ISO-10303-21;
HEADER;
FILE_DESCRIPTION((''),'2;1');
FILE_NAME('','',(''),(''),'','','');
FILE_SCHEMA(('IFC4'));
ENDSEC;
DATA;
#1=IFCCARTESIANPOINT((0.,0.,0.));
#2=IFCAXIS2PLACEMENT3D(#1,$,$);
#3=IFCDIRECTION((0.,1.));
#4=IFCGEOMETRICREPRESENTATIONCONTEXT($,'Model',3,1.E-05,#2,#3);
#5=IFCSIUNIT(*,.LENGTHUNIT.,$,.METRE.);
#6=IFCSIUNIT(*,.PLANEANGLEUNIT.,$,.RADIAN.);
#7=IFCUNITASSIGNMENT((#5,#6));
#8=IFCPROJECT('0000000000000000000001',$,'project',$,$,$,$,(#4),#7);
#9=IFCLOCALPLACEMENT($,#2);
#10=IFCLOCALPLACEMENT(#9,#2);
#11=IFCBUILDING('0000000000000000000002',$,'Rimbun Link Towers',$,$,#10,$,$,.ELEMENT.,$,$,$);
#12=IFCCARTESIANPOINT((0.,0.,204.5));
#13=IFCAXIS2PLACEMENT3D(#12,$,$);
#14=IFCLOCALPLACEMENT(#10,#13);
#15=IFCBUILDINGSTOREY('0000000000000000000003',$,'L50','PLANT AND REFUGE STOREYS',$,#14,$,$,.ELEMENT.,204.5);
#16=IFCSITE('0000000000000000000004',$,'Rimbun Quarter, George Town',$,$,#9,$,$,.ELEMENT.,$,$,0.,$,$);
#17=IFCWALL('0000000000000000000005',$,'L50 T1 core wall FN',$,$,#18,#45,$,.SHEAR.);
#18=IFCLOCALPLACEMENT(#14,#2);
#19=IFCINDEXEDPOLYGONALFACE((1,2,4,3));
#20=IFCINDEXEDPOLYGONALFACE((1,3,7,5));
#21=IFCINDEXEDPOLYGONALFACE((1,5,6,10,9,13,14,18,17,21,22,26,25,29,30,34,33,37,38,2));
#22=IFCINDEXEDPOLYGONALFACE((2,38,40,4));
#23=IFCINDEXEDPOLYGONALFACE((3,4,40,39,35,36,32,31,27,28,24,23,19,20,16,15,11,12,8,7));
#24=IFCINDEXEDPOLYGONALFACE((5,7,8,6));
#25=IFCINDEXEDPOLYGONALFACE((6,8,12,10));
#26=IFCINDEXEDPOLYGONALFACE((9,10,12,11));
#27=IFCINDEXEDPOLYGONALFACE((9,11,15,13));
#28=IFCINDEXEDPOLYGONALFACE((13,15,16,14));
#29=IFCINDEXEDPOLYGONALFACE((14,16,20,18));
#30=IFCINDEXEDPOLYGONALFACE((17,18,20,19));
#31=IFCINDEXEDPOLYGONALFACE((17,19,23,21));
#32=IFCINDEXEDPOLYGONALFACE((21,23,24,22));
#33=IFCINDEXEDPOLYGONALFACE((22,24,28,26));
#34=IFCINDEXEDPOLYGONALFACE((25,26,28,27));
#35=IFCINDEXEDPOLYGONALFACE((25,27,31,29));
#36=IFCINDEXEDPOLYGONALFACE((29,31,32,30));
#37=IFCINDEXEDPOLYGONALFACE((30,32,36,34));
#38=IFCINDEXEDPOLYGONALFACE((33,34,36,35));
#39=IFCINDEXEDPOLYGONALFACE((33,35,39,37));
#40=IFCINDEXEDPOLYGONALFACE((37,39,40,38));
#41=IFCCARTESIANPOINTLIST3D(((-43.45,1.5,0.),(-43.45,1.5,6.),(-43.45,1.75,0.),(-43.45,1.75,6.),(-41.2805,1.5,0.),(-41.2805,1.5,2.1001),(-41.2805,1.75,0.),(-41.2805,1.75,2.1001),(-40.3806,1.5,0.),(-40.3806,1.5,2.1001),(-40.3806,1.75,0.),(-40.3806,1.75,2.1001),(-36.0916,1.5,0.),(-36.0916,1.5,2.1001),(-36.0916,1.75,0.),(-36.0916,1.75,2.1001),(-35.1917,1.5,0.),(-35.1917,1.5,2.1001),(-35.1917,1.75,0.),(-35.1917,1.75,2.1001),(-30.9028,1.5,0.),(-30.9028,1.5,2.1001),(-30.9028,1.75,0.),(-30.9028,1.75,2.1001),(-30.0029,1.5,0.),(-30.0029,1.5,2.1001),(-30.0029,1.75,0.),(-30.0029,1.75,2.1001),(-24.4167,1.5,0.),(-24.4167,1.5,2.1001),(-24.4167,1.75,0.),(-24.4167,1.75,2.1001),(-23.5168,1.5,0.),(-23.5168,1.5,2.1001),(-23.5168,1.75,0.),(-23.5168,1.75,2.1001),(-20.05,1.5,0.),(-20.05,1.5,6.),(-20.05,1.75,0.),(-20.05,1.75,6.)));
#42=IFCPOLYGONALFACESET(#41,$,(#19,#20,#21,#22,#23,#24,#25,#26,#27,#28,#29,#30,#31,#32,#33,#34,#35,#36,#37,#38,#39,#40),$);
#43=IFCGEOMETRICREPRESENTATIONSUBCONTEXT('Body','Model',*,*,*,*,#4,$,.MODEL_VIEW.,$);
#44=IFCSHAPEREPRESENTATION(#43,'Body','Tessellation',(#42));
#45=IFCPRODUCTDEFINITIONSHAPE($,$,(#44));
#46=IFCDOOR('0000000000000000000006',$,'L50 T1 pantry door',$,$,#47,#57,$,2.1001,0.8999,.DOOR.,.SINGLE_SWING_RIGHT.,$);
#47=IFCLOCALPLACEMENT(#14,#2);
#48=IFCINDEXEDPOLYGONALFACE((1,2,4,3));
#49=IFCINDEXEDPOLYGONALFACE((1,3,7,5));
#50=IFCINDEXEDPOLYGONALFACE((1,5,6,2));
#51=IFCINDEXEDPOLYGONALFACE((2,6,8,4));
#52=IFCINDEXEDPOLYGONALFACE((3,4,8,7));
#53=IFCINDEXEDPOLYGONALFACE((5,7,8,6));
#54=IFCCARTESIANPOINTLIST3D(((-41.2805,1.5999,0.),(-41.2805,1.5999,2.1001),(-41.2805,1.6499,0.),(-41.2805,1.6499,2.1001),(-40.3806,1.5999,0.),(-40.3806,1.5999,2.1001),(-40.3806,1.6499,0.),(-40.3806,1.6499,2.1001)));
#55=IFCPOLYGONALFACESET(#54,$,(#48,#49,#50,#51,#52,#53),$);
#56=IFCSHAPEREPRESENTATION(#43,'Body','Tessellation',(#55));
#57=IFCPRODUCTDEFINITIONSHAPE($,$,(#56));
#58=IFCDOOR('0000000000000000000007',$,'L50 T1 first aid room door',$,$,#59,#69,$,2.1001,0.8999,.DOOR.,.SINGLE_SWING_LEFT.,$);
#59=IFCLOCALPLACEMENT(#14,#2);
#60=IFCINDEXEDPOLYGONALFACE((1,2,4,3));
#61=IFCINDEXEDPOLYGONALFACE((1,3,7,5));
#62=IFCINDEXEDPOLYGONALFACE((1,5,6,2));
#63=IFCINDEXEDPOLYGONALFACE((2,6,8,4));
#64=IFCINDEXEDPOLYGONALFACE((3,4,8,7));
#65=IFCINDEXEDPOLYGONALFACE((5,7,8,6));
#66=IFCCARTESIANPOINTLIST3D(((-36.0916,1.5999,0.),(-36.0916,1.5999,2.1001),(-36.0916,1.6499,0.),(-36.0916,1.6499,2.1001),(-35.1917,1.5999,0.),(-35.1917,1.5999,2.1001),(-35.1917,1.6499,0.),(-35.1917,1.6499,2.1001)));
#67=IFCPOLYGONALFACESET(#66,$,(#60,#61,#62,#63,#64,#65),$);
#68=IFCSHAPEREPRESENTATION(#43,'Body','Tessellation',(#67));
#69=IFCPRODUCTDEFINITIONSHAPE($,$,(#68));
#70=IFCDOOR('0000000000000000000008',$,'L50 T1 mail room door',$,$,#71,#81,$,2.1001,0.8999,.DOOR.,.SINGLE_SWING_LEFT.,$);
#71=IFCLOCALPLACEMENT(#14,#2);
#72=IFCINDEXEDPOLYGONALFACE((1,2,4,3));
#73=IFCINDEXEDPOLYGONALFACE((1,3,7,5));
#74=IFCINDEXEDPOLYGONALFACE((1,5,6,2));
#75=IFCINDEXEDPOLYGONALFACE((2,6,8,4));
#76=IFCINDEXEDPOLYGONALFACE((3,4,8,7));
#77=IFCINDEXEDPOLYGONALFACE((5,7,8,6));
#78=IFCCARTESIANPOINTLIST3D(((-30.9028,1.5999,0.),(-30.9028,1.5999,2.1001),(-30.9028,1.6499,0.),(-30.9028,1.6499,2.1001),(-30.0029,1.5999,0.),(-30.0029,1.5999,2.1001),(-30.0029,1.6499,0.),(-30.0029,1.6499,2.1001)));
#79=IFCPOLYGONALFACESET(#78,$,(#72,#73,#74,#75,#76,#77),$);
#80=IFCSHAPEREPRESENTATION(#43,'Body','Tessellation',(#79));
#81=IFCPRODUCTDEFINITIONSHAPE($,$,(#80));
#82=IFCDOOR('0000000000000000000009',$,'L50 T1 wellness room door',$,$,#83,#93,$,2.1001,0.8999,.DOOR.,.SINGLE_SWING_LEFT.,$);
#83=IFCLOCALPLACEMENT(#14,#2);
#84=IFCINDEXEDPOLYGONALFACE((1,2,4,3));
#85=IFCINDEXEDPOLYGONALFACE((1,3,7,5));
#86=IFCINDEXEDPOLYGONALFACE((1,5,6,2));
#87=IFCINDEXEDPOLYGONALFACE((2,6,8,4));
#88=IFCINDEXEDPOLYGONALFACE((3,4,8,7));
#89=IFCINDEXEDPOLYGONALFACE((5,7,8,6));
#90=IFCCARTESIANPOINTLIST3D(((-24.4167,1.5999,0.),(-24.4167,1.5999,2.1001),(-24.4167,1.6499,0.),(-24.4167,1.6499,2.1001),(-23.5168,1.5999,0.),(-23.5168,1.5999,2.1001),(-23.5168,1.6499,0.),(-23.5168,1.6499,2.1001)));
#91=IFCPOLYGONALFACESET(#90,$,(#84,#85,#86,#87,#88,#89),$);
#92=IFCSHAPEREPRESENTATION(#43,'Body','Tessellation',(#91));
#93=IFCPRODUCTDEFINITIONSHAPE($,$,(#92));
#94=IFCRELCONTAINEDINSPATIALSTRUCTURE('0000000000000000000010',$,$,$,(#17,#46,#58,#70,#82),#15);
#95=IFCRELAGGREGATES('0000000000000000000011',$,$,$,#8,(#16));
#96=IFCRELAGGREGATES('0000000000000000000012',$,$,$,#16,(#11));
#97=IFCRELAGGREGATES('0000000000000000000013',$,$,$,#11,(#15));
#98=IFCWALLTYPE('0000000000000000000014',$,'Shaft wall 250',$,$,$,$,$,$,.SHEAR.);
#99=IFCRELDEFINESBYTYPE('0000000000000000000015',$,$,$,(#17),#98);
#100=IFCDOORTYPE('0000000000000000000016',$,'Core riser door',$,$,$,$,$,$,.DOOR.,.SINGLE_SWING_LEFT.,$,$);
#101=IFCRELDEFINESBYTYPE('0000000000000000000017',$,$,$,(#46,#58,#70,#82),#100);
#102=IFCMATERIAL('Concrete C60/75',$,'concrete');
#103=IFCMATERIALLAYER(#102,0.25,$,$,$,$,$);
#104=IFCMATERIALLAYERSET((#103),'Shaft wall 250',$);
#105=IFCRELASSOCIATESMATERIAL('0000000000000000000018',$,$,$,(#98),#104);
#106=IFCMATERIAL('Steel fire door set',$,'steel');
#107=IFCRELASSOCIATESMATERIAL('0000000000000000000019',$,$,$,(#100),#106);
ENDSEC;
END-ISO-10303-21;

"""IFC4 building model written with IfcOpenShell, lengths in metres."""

from ifc_helpers import new_model, si_unit, direction, frame, frame_2d, origin, place, context, subcontext, project, spatial, rectangle, extrude, material, layer, layer_set, type_object, element, fill, save


model = new_model("IFC4")

# Units and contexts
model_context = context("Model", 3, precision=1e-05, world=origin(), true_north=direction((0.0, 1.0)))
body_context = subcontext(model_context, "Body", "Model", "MODEL_VIEW")
ifc_project = project(units=[si_unit("LENGTHUNIT", "METRE"), si_unit("PLANEANGLEUNIT", "RADIAN")], contexts=[model_context])

# Site, building, storey
site_placement = place(None, origin())
site = spatial("IfcSite", under=ifc_project, at=site_placement, Name="Rimbun Quarter, George Town", CompositionType="ELEMENT", RefElevation=0.0)
building_placement = place(site_placement, origin())
building = spatial("IfcBuilding", under=site, at=building_placement, Name="Rimbun Link Towers", CompositionType="ELEMENT")
storey_placement = place(building_placement, frame((0.0, 0.0, 204.5)))
storey = spatial("IfcBuildingStorey", under=building, at=storey_placement, Name="L50", Description="PLANT AND REFUGE STOREYS", CompositionType="ELEMENT", Elevation=204.5)

# Shared definitions
ifc_material_1 = material(Name="Concrete C60/75", Category="concrete")
ifc_layer_1 = layer(ifc_material_1, 0.25)
ifc_layer_set_1 = layer_set([ifc_layer_1], Name="Shaft wall 250")
wall_type_1 = type_object("IfcWallType", Name="Shaft wall 250", PredefinedType="SHEAR", material=ifc_layer_set_1)

# Wall, openings, doors
wall_1_placement = place(storey_placement, frame((-43.45, 1.625, 0.0), z_axis=(0.0, 0.0, 1.0), x_axis=(1.0, 0.0, 0.0)))
wall_1 = element("IfcWall", 1, at=wall_1_placement, inside=storey, type_object=wall_type_1, Name="L50 T1 core wall FN", PredefinedType="SHEAR", context=body_context, shape_type="SweptSolid", body=[
    extrude(rectangle(XDim=23.3999, YDim=0.25, at=frame_2d((11.7, 0.0))), origin(), (0.0, 0.0, 1.0), 6.0),
])
opening_1_placement = place(wall_1_placement, frame((2.1694, 0.0, 0.0)))
opening_1 = element("IfcOpeningElement", 2, at=opening_1_placement, cuts=wall_1, PredefinedType="OPENING", context=body_context, shape_type="SweptSolid", body=[
    extrude(rectangle(XDim=0.8999, YDim=2.1001, at=frame_2d((0.45, 1.05))), frame((0.0, 0.135, 0.0), z_axis=(0.0, -1.0, 0.0), x_axis=(1.0, 0.0, 0.0)), (0.0, 0.0, 1.0), 0.27),
])
opening_2_placement = place(wall_1_placement, frame((7.3584, 0.0, 0.0)))
opening_2 = element("IfcOpeningElement", 3, at=opening_2_placement, cuts=wall_1, PredefinedType="OPENING", context=body_context, shape_type="SweptSolid", body=[
    extrude(rectangle(XDim=0.8999, YDim=2.1001, at=frame_2d((0.45, 1.05))), frame((0.0, 0.135, 0.0), z_axis=(0.0, -1.0, 0.0), x_axis=(1.0, 0.0, 0.0)), (0.0, 0.0, 1.0), 0.27),
])
opening_3_placement = place(wall_1_placement, frame((12.5471, 0.0, 0.0)))
opening_3 = element("IfcOpeningElement", 4, at=opening_3_placement, cuts=wall_1, PredefinedType="OPENING", context=body_context, shape_type="SweptSolid", body=[
    extrude(rectangle(XDim=0.8999, YDim=2.1001, at=frame_2d((0.45, 1.05))), frame((0.0, 0.135, 0.0), z_axis=(0.0, -1.0, 0.0), x_axis=(1.0, 0.0, 0.0)), (0.0, 0.0, 1.0), 0.27),
])
opening_4_placement = place(wall_1_placement, frame((19.0332, 0.0, 0.0)))
opening_4 = element("IfcOpeningElement", 5, at=opening_4_placement, cuts=wall_1, PredefinedType="OPENING", context=body_context, shape_type="SweptSolid", body=[
    extrude(rectangle(XDim=0.8999, YDim=2.1001, at=frame_2d((0.45, 1.05))), frame((0.0, 0.135, 0.0), z_axis=(0.0, -1.0, 0.0), x_axis=(1.0, 0.0, 0.0)), (0.0, 0.0, 1.0), 0.27),
])
ifc_material_2 = material(Name="Steel fire door set", Category="steel")
door_type_1 = type_object("IfcDoorType", Name="Core riser door", OperationType="SINGLE_SWING_LEFT", PredefinedType="DOOR", material=ifc_material_2)
door_1_placement = place(opening_1_placement, origin())
door_1 = element("IfcDoor", 6, at=door_1_placement, inside=storey, type_object=door_type_1, Name="L50 T1 pantry door", OperationType="SINGLE_SWING_RIGHT", OverallHeight=2.1001, OverallWidth=0.8999, PredefinedType="DOOR", context=body_context, shape_type="SweptSolid", body=[
    extrude(rectangle(XDim=0.8999, YDim=2.1001, at=frame_2d((0.45, 1.05))), frame((0.0, 0.0249, 0.0), z_axis=(0.0, -1.0, 0.0), x_axis=(1.0, 0.0, 0.0)), (0.0, 0.0, 1.0), 0.05),
])
fill(opening_1, door_1)
door_2_placement = place(opening_2_placement, origin())
door_2 = element("IfcDoor", 7, at=door_2_placement, inside=storey, type_object=door_type_1, Name="L50 T1 first aid room door", OperationType="SINGLE_SWING_LEFT", OverallHeight=2.1001, OverallWidth=0.8999, PredefinedType="DOOR", context=body_context, shape_type="SweptSolid", body=[
    extrude(rectangle(XDim=0.8999, YDim=2.1001, at=frame_2d((0.45, 1.05))), frame((0.0, 0.0249, 0.0), z_axis=(0.0, -1.0, 0.0), x_axis=(1.0, 0.0, 0.0)), (0.0, 0.0, 1.0), 0.05),
])
fill(opening_2, door_2)
door_3_placement = place(opening_3_placement, origin())
door_3 = element("IfcDoor", 8, at=door_3_placement, inside=storey, type_object=door_type_1, Name="L50 T1 mail room door", OperationType="SINGLE_SWING_LEFT", OverallHeight=2.1001, OverallWidth=0.8999, PredefinedType="DOOR", context=body_context, shape_type="SweptSolid", body=[
    extrude(rectangle(XDim=0.8999, YDim=2.1001, at=frame_2d((0.45, 1.05))), frame((0.0, 0.0249, 0.0), z_axis=(0.0, -1.0, 0.0), x_axis=(1.0, 0.0, 0.0)), (0.0, 0.0, 1.0), 0.05),
])
fill(opening_3, door_3)
door_4_placement = place(opening_4_placement, origin())
door_4 = element("IfcDoor", 9, at=door_4_placement, inside=storey, type_object=door_type_1, Name="L50 T1 wellness room door", OperationType="SINGLE_SWING_LEFT", OverallHeight=2.1001, OverallWidth=0.8999, PredefinedType="DOOR", context=body_context, shape_type="SweptSolid", body=[
    extrude(rectangle(XDim=0.8999, YDim=2.1001, at=frame_2d((0.45, 1.05))), frame((0.0, 0.0249, 0.0), z_axis=(0.0, -1.0, 0.0), x_axis=(1.0, 0.0, 0.0)), (0.0, 0.0, 1.0), 0.05),
])
fill(opening_4, door_4)

save(model, "model.ifc")
